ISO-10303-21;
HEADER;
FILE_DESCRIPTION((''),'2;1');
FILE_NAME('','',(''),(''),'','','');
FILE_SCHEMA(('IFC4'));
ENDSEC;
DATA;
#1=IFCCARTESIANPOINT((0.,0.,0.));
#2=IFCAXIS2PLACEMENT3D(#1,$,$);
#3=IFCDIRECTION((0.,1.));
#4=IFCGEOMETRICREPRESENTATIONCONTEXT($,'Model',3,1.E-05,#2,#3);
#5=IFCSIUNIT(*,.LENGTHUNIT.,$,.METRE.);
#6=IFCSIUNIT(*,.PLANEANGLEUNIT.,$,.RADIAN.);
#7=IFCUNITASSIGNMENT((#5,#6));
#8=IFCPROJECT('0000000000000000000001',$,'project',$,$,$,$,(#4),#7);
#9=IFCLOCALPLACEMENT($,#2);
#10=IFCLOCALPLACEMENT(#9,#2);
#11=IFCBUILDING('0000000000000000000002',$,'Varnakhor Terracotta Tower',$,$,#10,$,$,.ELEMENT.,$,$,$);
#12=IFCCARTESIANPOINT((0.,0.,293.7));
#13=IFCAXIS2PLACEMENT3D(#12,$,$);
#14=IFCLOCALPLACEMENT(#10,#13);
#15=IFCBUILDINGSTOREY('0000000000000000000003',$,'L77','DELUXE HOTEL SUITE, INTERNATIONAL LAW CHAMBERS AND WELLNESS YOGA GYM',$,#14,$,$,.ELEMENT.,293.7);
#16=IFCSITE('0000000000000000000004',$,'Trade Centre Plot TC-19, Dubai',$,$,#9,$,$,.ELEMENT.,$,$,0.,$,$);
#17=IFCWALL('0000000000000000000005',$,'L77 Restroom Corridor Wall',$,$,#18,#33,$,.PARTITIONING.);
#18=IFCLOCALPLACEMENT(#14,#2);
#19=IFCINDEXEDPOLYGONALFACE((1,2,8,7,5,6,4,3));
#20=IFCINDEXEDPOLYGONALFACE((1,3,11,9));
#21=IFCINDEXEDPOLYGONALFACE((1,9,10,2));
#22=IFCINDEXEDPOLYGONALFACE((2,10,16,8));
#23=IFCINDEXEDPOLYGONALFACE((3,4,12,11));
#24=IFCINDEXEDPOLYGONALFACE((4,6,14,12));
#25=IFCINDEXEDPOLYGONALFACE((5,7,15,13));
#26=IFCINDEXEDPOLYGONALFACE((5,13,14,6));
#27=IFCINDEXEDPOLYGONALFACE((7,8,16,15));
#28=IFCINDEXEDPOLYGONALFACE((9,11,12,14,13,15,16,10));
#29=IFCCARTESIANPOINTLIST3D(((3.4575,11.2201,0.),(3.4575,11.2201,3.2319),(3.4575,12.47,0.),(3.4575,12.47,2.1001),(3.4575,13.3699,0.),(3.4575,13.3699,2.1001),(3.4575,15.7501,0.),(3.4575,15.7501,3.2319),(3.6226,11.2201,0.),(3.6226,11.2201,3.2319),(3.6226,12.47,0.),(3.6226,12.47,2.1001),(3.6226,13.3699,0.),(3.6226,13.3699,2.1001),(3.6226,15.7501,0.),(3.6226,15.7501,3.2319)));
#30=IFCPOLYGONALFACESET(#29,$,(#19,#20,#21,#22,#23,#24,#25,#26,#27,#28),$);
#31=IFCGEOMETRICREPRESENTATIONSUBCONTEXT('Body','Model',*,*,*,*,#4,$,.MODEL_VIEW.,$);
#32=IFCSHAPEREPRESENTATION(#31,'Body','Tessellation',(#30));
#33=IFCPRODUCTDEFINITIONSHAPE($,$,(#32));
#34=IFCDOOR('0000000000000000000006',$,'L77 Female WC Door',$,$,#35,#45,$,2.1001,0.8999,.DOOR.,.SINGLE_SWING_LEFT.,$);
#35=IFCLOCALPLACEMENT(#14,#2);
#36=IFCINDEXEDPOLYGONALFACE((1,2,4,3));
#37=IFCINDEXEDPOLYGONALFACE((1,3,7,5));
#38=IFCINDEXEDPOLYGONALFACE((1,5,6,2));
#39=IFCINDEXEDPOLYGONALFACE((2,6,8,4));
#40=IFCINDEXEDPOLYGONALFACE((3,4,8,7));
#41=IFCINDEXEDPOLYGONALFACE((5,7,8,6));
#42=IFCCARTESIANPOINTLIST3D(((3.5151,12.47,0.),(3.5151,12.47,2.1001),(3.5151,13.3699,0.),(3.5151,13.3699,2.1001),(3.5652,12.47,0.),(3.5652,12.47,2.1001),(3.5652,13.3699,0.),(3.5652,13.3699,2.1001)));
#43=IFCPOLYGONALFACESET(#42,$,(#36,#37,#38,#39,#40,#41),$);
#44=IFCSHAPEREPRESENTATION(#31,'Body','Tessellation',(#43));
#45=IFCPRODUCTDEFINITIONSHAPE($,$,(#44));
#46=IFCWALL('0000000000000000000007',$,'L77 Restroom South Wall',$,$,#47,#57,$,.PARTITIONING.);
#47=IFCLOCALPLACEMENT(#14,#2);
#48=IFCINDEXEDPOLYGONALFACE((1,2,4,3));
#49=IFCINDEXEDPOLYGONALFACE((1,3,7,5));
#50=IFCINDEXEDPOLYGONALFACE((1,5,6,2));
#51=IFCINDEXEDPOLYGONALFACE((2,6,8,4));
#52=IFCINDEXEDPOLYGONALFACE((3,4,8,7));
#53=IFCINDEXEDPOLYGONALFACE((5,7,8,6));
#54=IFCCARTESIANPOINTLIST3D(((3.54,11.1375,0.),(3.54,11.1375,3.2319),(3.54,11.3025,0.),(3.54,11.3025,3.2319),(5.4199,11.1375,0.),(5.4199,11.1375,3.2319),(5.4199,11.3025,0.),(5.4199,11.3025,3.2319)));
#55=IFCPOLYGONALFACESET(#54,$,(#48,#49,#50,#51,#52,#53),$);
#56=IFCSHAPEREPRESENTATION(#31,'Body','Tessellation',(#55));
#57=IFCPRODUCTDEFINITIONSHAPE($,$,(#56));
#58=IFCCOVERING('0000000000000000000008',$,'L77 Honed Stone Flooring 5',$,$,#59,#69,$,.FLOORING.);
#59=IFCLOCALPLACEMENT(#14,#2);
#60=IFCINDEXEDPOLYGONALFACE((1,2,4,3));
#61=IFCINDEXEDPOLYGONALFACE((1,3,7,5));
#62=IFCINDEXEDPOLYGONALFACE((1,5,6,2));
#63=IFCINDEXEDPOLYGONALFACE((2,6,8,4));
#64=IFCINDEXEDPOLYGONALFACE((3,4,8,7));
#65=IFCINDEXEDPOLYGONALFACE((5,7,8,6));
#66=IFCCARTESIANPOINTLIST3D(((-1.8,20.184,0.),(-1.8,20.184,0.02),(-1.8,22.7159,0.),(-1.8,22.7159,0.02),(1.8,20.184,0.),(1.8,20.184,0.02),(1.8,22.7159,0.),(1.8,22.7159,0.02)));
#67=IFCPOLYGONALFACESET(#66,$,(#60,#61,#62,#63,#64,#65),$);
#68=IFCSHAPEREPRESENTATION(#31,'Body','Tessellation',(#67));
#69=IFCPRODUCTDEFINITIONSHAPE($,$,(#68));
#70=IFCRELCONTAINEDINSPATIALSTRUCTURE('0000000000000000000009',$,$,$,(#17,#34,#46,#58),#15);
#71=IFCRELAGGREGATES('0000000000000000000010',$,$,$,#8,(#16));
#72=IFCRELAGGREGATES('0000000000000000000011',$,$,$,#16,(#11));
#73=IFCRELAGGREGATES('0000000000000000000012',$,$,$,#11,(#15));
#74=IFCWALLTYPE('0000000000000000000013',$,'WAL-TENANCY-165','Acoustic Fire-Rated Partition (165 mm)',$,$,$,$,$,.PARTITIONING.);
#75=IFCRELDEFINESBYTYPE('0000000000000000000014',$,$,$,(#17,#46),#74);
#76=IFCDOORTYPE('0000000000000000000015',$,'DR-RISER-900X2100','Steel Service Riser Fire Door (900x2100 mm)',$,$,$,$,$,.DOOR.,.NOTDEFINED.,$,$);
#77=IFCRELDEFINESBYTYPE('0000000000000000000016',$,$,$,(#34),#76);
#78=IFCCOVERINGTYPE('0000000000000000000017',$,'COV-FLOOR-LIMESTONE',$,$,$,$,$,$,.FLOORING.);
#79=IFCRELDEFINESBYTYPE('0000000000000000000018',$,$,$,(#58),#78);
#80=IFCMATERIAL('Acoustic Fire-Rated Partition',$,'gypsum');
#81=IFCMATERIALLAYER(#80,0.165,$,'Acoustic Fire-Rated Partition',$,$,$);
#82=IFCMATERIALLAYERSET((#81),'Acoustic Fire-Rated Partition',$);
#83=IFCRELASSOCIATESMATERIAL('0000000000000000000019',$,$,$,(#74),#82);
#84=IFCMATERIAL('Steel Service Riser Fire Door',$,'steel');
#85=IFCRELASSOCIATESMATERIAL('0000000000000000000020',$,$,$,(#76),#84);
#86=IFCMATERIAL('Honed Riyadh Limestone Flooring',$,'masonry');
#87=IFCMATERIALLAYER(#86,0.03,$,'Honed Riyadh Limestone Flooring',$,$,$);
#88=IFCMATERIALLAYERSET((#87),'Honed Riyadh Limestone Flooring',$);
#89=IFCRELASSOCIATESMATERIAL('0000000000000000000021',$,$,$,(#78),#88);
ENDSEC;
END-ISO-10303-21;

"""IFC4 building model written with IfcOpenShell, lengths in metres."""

from ifc_helpers import new_model, si_unit, direction, frame, frame_2d, origin, origin_2d, place, context, subcontext, project, spatial, rectangle, extrude, source, transform, mapped, material, layer, layer_set, type_object, type_shapes, element, fill, save


model = new_model("IFC4")

# Units and contexts
model_context = context("Model", 3, precision=1e-05, world=origin(), true_north=direction((0.0, 1.0)))
body_context = subcontext(model_context, "Body", "Model", "MODEL_VIEW")
ifc_project = project(units=[si_unit("LENGTHUNIT", "METRE"), si_unit("PLANEANGLEUNIT", "RADIAN")], contexts=[model_context])

# Site, building, storey
site_placement = place(None, origin())
site = spatial("IfcSite", under=ifc_project, at=site_placement, Name="Trade Centre Plot TC-19, Dubai", CompositionType="ELEMENT", RefElevation=0.0)
building_placement = place(site_placement, origin())
building = spatial("IfcBuilding", under=site, at=building_placement, Name="Varnakhor Terracotta Tower", CompositionType="ELEMENT")
storey_placement = place(building_placement, frame((0.0, 0.0, 293.7)))
storey = spatial("IfcBuildingStorey", under=building, at=storey_placement, Name="L77", Description="DELUXE HOTEL SUITE, INTERNATIONAL LAW CHAMBERS AND WELLNESS YOGA GYM", CompositionType="ELEMENT", Elevation=293.7)

# Wall, opening, door
ifc_material_1 = material(Name="Acoustic Fire-Rated Partition", Category="gypsum")
ifc_layer_1 = layer(ifc_material_1, 0.165, Name="Acoustic Fire-Rated Partition")
ifc_layer_set_1 = layer_set([ifc_layer_1], Name="Acoustic Fire-Rated Partition")
wall_type_1 = type_object("IfcWallType", Name="WAL-TENANCY-165", Description="Acoustic Fire-Rated Partition (165 mm)", PredefinedType="PARTITIONING", material=ifc_layer_set_1)
wall_1_placement = place(storey_placement, frame((3.54, 11.22, 0.0), z_axis=(0.0, 0.0, 1.0), x_axis=(0.0, 1.0, 0.0)))
wall_1 = element("IfcWall", 1, at=wall_1_placement, inside=storey, type_object=wall_type_1, Name="L77 Restroom Corridor Wall", PredefinedType="PARTITIONING", context=body_context, shape_type="SweptSolid", body=[
    extrude(rectangle(XDim=4.53, YDim=0.165, at=frame_2d((2.2651, 0.0))), origin(), (0.0, 0.0, 1.0), 3.2319),
])
opening_1_placement = place(wall_1_placement, frame((1.25, 0.0, 0.0)))
opening_1 = element("IfcOpeningElement", 2, at=opening_1_placement, cuts=wall_1, PredefinedType="OPENING", context=body_context, shape_type="SweptSolid", body=[
    extrude(rectangle(XDim=0.8999, YDim=2.1001, at=frame_2d((0.45, 1.05))), frame((0.0, 0.0925, 0.0), z_axis=(0.0, -1.0, 0.0), x_axis=(1.0, 0.0, 0.0)), (0.0, 0.0, 1.0), 0.1851),
])
ifc_material_2 = material(Name="Steel Service Riser Fire Door", Category="steel")
door_type_1 = type_object("IfcDoorType", Name="DR-RISER-900X2100", Description="Steel Service Riser Fire Door (900x2100 mm)", OperationType="NOTDEFINED", PredefinedType="DOOR", material=ifc_material_2)
shared_shape_1 = source(origin(), body_context, "Body", "SweptSolid", [
    extrude(rectangle(XDim=0.8999, YDim=2.1001, at=frame_2d((0.45, 1.05))), frame((0.0, 0.0249, 0.0), z_axis=(0.0, -1.0, 0.0), x_axis=(1.0, 0.0, 0.0)), (0.0, 0.0, 1.0), 0.05),
])
type_shapes(door_type_1, [shared_shape_1])
door_1_placement = place(opening_1_placement, origin())
door_1 = element("IfcDoor", 3, at=door_1_placement, inside=storey, type_object=door_type_1, Name="L77 Female WC Door", OperationType="SINGLE_SWING_LEFT", OverallHeight=2.1001, OverallWidth=0.8999, PredefinedType="DOOR", context=body_context, shape_type="MappedRepresentation", body=[
    mapped(shared_shape_1, transform((0.0, 0.0, 0.0), scale=1.0)),
])
fill(opening_1, door_1)

# Wall
wall_2_placement = place(storey_placement, frame((3.54, 11.22, 0.0), z_axis=(0.0, 0.0, 1.0), x_axis=(1.0, 0.0, 0.0)))
element("IfcWall", 4, at=wall_2_placement, inside=storey, type_object=wall_type_1, Name="L77 Restroom South Wall", PredefinedType="PARTITIONING", context=body_context, shape_type="SweptSolid", body=[
    extrude(rectangle(XDim=1.8799, YDim=0.165, at=frame_2d((0.9399, 0.0))), origin(), (0.0, 0.0, 1.0), 3.2319),
])

# Covering
ifc_material_3 = material(Name="Honed Riyadh Limestone Flooring", Category="masonry")
ifc_layer_2 = layer(ifc_material_3, 0.03, Name="Honed Riyadh Limestone Flooring")
ifc_layer_set_2 = layer_set([ifc_layer_2], Name="Honed Riyadh Limestone Flooring")
covering_type = type_object("IfcCoveringType", Name="COV-FLOOR-LIMESTONE", PredefinedType="FLOORING", material=ifc_layer_set_2)
shared_shape_2 = source(origin(), body_context, "Body", "SweptSolid", [
    extrude(rectangle(XDim=3.6001, YDim=2.532, at=origin_2d()), origin(), (0.0, 0.0, 1.0), 0.02),
])
covering_placement = place(storey_placement, frame((0.0, 21.45, 0.0), z_axis=(0.0, 0.0, 1.0), x_axis=(1.0, 0.0, 0.0)))
element("IfcCovering", 5, at=covering_placement, inside=storey, type_object=covering_type, Name="L77 Honed Stone Flooring 5", PredefinedType="FLOORING", context=body_context, shape_type="MappedRepresentation", body=[
    mapped(shared_shape_2, transform((0.0, 0.0, 0.0), scale=1.0)),
])

save(model, "model.ifc")
